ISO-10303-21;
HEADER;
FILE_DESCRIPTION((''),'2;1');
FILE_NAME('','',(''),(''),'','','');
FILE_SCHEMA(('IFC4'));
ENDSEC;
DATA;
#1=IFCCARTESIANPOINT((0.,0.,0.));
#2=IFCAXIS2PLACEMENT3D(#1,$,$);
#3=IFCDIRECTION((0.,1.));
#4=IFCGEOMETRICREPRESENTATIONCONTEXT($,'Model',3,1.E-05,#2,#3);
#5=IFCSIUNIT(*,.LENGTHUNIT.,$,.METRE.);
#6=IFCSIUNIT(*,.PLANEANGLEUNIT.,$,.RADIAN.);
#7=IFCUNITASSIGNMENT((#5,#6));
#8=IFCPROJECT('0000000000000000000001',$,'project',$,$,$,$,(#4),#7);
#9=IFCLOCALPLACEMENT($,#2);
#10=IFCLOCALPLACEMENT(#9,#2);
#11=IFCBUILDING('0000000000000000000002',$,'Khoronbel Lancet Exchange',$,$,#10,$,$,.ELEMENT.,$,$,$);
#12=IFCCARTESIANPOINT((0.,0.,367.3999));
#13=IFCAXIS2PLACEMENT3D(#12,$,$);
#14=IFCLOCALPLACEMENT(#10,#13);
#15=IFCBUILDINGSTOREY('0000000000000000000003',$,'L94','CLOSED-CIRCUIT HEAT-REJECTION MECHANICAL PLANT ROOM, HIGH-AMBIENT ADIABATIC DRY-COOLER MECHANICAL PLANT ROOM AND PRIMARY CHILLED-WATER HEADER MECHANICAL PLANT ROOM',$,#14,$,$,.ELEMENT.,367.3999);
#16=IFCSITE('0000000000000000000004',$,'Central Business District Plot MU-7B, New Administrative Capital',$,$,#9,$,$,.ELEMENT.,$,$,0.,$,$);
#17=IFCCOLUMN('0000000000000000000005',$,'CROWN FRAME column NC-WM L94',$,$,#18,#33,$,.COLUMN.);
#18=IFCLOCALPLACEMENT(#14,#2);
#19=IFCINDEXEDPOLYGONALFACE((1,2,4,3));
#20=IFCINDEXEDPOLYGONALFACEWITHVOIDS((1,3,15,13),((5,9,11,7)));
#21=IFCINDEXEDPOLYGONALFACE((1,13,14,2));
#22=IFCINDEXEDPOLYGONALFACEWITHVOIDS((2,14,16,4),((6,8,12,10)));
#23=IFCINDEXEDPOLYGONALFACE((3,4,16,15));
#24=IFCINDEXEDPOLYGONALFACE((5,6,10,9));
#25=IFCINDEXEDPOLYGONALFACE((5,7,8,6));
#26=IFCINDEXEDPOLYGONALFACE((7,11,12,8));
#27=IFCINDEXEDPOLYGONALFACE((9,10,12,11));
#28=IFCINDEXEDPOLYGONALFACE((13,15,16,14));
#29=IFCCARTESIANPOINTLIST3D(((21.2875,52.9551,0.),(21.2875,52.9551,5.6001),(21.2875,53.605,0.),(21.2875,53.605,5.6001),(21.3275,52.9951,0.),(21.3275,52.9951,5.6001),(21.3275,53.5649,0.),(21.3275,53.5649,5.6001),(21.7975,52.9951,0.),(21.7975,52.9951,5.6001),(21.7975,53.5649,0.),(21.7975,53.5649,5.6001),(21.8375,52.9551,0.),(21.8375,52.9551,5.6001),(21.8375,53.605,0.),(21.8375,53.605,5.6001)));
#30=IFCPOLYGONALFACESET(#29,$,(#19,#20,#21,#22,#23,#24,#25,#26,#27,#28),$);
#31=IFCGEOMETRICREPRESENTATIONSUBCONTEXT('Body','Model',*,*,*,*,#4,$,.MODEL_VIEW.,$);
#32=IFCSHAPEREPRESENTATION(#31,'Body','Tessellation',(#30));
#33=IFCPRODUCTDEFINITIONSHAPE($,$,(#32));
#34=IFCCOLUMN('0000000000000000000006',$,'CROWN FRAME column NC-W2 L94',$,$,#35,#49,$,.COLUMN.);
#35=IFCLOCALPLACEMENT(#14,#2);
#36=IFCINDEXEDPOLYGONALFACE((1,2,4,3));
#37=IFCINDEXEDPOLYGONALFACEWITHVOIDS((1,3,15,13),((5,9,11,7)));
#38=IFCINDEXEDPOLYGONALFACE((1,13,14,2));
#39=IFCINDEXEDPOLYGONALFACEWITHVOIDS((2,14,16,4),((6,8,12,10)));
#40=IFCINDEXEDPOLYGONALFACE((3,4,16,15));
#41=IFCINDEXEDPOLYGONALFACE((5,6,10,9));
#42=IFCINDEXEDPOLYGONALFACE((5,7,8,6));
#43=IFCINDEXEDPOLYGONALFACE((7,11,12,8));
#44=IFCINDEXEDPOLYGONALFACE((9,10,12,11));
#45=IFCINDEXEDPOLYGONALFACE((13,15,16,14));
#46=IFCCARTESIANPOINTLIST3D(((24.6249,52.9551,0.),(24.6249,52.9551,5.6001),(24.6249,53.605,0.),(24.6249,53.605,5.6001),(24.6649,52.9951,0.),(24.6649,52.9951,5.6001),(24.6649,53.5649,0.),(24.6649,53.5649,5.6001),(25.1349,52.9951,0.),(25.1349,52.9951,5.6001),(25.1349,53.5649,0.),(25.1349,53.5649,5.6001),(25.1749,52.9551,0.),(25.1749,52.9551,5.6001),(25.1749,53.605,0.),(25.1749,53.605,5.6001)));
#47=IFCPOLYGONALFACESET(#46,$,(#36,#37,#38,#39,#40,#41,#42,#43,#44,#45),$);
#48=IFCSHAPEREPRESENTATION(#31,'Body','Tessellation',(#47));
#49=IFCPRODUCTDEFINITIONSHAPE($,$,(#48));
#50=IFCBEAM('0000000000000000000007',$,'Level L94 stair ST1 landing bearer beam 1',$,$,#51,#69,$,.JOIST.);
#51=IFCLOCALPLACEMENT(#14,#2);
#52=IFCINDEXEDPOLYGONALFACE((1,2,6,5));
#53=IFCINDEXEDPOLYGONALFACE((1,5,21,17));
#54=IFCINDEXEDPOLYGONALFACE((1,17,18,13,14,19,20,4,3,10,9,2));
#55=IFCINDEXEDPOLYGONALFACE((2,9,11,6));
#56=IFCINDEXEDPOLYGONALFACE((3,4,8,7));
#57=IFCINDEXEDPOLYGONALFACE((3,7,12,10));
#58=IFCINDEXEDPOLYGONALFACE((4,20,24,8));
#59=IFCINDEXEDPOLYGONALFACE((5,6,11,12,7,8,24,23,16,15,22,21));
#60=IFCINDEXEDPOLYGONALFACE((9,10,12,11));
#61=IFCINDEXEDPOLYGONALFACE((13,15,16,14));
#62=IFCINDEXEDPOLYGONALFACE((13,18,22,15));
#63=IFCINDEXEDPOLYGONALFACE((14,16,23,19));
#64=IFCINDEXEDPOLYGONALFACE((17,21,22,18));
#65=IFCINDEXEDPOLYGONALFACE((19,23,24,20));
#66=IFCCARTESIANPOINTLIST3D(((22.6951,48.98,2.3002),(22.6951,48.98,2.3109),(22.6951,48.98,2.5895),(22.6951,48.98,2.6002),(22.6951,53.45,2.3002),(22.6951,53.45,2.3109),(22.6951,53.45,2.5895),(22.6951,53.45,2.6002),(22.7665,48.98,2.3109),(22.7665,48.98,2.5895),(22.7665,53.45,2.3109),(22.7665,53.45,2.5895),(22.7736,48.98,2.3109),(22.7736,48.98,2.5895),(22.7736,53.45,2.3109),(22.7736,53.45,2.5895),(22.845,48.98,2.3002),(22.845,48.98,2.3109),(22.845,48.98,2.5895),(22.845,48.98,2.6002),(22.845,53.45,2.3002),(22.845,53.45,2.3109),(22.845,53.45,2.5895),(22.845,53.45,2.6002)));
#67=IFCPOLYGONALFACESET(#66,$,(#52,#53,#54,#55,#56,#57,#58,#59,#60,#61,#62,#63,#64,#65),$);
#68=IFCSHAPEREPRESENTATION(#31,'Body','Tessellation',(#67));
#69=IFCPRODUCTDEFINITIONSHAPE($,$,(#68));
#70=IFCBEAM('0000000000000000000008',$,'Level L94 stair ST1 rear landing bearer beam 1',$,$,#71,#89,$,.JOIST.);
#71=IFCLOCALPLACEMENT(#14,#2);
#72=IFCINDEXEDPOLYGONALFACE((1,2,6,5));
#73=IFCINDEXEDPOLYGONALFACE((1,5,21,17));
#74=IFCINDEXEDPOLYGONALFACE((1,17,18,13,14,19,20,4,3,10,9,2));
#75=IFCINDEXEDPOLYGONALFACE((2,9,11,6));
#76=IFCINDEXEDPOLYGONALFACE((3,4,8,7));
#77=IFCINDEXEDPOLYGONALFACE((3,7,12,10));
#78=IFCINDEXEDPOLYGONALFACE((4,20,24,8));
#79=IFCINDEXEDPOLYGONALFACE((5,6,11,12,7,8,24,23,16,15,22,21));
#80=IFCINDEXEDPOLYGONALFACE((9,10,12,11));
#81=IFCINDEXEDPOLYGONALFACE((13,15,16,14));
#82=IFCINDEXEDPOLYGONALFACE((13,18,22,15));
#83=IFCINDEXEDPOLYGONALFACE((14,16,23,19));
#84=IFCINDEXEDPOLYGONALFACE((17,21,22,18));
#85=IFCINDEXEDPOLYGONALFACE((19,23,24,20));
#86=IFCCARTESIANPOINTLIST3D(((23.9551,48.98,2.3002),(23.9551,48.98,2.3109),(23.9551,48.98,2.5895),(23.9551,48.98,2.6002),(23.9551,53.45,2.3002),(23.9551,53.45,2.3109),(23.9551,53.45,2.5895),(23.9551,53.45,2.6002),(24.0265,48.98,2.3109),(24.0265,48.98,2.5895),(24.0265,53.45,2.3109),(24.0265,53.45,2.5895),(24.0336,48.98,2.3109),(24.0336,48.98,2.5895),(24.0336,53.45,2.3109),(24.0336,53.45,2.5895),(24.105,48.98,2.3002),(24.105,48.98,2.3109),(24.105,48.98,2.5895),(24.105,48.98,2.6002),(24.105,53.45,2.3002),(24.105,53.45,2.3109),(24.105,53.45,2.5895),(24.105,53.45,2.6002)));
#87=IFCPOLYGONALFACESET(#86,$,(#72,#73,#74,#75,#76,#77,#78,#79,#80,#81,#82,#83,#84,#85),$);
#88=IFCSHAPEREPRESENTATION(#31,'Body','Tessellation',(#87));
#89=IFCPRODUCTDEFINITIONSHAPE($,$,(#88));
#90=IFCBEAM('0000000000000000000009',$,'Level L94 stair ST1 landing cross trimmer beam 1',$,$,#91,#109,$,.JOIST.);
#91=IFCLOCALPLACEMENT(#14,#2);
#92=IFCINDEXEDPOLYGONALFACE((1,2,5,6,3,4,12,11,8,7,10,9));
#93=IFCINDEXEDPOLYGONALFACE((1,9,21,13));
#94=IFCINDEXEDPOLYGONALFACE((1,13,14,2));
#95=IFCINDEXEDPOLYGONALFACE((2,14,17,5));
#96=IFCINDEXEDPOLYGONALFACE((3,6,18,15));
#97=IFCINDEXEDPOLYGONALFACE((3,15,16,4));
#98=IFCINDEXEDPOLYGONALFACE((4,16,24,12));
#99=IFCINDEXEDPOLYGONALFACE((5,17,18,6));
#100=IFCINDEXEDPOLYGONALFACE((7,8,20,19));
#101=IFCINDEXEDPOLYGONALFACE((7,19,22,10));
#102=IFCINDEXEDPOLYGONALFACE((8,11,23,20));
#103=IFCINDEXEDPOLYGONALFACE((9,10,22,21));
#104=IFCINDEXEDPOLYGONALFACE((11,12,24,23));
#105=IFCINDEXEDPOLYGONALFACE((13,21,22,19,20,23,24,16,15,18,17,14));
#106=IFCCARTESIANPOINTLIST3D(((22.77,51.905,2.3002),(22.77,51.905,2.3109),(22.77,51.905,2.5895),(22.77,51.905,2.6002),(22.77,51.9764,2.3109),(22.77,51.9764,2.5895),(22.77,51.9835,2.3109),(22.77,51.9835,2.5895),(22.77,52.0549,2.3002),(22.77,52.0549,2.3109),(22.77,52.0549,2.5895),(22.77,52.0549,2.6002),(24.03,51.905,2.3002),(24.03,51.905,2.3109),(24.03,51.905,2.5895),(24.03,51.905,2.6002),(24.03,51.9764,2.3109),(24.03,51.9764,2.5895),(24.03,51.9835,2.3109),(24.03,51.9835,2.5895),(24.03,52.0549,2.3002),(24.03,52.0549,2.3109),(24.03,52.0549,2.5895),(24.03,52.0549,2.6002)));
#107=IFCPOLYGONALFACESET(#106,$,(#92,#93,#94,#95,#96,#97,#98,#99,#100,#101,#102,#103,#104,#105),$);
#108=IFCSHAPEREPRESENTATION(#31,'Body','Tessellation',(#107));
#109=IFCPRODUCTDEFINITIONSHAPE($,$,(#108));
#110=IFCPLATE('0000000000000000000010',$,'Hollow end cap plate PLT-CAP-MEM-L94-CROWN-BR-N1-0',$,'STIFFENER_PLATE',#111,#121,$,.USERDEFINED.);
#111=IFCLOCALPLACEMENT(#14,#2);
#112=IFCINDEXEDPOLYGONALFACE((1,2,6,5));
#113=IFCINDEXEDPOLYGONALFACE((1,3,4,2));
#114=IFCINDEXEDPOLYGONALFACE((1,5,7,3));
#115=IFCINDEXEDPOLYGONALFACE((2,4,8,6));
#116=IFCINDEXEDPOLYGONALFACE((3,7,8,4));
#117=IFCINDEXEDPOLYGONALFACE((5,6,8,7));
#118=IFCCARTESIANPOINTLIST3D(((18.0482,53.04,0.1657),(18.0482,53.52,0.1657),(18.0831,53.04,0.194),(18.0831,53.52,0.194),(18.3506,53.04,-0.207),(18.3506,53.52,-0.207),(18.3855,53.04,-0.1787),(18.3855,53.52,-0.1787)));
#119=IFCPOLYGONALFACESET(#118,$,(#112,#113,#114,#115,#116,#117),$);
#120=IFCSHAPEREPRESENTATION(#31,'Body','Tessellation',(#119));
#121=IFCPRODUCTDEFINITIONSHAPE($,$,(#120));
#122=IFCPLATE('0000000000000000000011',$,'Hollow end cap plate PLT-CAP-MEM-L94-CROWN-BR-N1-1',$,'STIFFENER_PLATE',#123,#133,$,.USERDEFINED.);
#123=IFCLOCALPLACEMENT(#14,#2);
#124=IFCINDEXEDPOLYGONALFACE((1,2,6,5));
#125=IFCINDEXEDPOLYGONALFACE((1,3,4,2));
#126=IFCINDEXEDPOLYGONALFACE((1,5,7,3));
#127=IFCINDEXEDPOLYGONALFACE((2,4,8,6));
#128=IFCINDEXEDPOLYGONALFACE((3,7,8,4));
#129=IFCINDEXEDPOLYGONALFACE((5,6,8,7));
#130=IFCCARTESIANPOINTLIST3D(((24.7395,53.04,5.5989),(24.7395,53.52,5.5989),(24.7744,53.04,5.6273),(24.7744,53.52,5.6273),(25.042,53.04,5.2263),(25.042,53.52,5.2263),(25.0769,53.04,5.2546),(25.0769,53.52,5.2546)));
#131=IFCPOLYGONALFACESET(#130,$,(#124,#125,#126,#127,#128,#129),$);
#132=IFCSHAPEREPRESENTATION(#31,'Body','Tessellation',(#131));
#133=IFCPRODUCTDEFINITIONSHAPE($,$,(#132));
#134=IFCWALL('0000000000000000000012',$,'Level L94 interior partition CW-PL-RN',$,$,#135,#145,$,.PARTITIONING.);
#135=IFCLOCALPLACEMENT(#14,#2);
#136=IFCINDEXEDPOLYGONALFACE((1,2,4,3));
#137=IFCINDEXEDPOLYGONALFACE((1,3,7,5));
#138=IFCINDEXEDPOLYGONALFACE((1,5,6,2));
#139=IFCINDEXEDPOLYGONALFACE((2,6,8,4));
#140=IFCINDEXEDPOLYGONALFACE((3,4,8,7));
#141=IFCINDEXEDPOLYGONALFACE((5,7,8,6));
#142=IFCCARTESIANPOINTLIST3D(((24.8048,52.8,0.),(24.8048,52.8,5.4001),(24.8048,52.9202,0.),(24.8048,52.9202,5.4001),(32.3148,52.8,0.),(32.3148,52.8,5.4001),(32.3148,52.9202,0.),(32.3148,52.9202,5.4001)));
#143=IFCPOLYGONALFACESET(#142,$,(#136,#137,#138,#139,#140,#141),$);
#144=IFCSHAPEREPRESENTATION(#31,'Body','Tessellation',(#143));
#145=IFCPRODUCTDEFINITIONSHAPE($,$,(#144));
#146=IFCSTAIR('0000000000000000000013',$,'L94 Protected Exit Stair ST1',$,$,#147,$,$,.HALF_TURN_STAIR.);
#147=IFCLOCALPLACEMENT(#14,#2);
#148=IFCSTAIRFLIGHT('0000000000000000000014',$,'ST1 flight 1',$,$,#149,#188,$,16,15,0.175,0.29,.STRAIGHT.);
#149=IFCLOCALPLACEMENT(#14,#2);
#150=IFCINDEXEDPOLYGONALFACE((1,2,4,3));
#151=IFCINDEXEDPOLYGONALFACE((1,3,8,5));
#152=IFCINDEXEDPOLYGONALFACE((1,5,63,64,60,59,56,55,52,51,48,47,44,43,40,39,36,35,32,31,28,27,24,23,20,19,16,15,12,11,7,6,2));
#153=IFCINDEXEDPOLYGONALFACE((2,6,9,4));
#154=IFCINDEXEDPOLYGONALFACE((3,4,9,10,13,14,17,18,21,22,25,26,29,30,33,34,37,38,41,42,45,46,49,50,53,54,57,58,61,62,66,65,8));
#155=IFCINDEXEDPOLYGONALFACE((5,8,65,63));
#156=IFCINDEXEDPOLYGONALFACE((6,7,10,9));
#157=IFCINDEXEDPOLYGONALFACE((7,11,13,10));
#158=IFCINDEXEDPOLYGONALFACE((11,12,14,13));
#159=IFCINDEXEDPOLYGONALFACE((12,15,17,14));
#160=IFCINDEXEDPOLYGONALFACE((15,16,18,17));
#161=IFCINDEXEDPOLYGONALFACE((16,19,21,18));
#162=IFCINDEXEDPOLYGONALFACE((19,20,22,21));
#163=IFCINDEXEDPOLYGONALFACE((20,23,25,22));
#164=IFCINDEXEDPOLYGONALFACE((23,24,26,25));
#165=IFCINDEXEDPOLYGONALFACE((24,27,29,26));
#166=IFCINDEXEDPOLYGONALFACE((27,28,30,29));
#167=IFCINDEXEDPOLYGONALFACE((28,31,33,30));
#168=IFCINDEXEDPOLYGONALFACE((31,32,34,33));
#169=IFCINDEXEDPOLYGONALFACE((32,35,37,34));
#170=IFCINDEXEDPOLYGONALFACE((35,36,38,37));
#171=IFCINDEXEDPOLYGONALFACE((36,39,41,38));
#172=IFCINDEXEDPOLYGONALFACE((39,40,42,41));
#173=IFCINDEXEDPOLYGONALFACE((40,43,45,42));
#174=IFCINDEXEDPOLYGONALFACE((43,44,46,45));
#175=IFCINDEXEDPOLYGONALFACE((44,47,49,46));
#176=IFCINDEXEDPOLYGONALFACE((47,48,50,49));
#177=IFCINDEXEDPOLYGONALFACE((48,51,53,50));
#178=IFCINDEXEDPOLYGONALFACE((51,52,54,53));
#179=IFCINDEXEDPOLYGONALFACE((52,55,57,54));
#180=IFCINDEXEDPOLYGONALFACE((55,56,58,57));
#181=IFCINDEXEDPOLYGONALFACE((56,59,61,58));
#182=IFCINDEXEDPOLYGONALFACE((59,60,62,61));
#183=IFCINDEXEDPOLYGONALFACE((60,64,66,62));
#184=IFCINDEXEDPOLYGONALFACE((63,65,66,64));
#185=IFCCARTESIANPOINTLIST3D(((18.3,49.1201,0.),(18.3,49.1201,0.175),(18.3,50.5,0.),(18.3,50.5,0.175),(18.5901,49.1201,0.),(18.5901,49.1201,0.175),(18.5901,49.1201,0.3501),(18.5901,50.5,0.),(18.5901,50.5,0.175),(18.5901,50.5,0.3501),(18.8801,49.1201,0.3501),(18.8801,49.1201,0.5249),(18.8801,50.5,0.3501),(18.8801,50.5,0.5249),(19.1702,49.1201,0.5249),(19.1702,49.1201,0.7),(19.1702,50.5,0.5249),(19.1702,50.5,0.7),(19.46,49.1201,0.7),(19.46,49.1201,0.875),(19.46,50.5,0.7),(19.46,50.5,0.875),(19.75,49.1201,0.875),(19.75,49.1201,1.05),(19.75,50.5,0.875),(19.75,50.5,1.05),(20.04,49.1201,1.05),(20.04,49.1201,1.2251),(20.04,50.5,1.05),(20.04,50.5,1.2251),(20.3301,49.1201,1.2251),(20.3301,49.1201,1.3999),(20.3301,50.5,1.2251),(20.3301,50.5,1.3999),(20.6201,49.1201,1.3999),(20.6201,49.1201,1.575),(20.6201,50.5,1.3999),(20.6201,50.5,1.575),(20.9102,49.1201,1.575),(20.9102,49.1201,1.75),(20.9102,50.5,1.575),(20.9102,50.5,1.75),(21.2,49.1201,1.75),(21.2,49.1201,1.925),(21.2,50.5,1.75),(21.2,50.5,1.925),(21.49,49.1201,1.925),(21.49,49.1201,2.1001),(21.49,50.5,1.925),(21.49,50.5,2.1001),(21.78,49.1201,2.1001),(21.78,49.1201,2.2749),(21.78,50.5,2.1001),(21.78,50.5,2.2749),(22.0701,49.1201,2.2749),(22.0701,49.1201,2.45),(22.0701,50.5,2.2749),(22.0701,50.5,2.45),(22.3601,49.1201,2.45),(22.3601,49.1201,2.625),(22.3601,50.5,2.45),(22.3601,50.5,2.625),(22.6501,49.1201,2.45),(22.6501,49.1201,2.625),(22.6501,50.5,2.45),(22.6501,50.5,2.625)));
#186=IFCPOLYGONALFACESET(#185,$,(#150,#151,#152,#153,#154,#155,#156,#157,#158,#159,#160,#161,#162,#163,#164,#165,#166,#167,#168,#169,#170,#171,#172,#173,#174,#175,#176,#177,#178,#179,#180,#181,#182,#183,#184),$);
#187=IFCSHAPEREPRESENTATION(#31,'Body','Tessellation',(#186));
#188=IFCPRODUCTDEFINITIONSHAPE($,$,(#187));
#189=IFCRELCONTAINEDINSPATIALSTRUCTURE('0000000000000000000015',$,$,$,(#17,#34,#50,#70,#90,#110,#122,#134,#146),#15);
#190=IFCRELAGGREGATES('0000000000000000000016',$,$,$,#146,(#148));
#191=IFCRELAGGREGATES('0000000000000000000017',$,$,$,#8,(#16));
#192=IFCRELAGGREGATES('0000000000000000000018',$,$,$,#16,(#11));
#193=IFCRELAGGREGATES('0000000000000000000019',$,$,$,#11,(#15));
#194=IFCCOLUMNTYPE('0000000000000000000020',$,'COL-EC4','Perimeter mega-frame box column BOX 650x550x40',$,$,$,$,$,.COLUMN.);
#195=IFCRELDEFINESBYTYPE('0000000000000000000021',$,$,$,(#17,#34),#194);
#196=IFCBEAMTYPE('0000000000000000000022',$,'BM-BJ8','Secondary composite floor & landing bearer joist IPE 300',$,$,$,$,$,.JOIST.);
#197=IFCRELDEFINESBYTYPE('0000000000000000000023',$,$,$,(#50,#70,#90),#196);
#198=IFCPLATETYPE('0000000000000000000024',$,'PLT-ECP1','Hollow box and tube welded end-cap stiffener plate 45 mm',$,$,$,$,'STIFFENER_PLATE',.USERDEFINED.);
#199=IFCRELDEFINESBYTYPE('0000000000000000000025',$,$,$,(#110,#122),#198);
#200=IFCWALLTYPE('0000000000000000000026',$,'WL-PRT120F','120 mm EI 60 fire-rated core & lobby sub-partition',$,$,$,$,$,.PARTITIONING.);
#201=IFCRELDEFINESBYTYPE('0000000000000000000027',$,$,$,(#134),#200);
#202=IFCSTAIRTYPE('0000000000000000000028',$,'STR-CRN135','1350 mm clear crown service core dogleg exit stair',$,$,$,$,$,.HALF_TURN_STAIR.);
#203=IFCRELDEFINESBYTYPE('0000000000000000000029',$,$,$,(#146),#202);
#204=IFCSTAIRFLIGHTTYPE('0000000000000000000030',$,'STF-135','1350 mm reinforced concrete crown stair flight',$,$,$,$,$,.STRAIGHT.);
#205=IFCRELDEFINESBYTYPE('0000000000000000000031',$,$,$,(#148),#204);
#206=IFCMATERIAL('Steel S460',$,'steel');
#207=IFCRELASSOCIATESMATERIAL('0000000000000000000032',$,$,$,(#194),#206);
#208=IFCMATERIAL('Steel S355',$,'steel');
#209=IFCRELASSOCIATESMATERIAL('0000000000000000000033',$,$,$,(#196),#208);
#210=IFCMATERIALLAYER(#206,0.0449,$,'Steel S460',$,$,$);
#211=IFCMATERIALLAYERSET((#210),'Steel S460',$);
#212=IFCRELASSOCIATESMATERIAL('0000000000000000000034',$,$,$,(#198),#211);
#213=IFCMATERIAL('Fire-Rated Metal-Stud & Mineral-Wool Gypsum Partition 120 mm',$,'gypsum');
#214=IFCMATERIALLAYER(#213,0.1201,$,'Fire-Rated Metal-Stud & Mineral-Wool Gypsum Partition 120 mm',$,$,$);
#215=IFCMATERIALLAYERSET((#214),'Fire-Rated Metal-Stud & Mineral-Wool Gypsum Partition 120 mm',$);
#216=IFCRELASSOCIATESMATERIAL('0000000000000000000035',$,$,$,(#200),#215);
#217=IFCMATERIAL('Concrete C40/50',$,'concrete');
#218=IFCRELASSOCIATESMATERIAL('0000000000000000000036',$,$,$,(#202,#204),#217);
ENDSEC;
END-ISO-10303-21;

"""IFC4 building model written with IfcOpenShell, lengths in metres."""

from ifc_helpers import new_model, si_unit, direction, frame, frame_2d, origin, origin_2d, place, context, subcontext, project, spatial, polyline, rectangle, hollow_rectangle, i_section, outline, extrude, material, layer, layer_set, material_profile, profile_set, type_object, element, aggregate, save


model = new_model("IFC4")

# Units and contexts
model_context = context("Model", 3, precision=1e-05, world=origin(), true_north=direction((0.0, 1.0)))
body_context = subcontext(model_context, "Body", "Model", "MODEL_VIEW")
ifc_project = project(units=[si_unit("LENGTHUNIT", "METRE"), si_unit("PLANEANGLEUNIT", "RADIAN")], contexts=[model_context])

# Site, building, storey
site_placement = place(None, origin())
site = spatial("IfcSite", under=ifc_project, at=site_placement, Name="Central Business District Plot MU-7B, New Administrative Capital", CompositionType="ELEMENT", RefElevation=0.0)
building_placement = place(site_placement, origin())
building = spatial("IfcBuilding", under=site, at=building_placement, Name="Khoronbel Lancet Exchange", CompositionType="ELEMENT")
storey_placement = place(building_placement, frame((0.0, 0.0, 367.3999)))
storey = spatial("IfcBuildingStorey", under=building, at=storey_placement, Name="L94", Description="CLOSED-CIRCUIT HEAT-REJECTION MECHANICAL PLANT ROOM, HIGH-AMBIENT ADIABATIC DRY-COOLER MECHANICAL PLANT ROOM AND PRIMARY CHILLED-WATER HEADER MECHANICAL PLANT ROOM", CompositionType="ELEMENT", Elevation=367.3999)

# Columns
ifc_material_1 = material(Name="Steel S460", Category="steel")
ifc_material_profile_1 = material_profile(ifc_material_1, hollow_rectangle(XDim=0.55, YDim=0.6499, WallThickness=0.04, at=origin_2d()), Name="BOX 650x550x40")
ifc_profile_set_1 = profile_set([ifc_material_profile_1], Name="Steel S460")
column_type = type_object("IfcColumnType", Name="COL-EC4", Description="Perimeter mega-frame box column BOX 650x550x40", PredefinedType="COLUMN", material=ifc_profile_set_1)
for number, where, z_axis, x_axis, name in (
    (1, (21.5625, 53.28, 0.0), (0.0, 0.0, 1.0), (1.0, 0.0, 0.0), "CROWN FRAME column NC-WM L94"),
    (2, (24.8999, 53.28, 0.0), (0.0, 0.0, 1.0), (1.0, 0.0, 0.0), "CROWN FRAME column NC-W2 L94"),
):
    element("IfcColumn", number, at=place(storey_placement, frame(where, z_axis=z_axis, x_axis=x_axis)), inside=storey, type_object=column_type, Name=name, PredefinedType="COLUMN", context=body_context, shape_type="SweptSolid", body=[
        extrude(hollow_rectangle(XDim=0.55, YDim=0.6499, WallThickness=0.04, at=origin_2d()), origin(), (0.0, 0.0, 1.0), 5.6001),
    ])

# Beams
ifc_material_2 = material(Name="Steel S355", Category="steel")
ifc_material_profile_2 = material_profile(ifc_material_2, i_section(OverallWidth=0.1499, OverallDepth=0.3, WebThickness=0.0071, FlangeThickness=0.0107, at=origin_2d()), Name="IPE 300")
ifc_profile_set_2 = profile_set([ifc_material_profile_2], Name="Steel S355")
beam_type = type_object("IfcBeamType", Name="BM-BJ8", Description="Secondary composite floor & landing bearer joist IPE 300", PredefinedType="JOIST", material=ifc_profile_set_2)
for number, where, z_axis, x_axis, name in (
    (3, (22.77, 48.98, 2.4502), (0.0, 1.0, 0.0), (-1.0, 0.0, 0.0), "Level L94 stair ST1 landing bearer beam 1"),
    (4, (24.03, 48.98, 2.4502), (0.0, 1.0, 0.0), (-1.0, 0.0, 0.0), "Level L94 stair ST1 rear landing bearer beam 1"),
):
    element("IfcBeam", number, at=place(storey_placement, frame(where, z_axis=z_axis, x_axis=x_axis)), inside=storey, type_object=beam_type, Name=name, PredefinedType="JOIST", context=body_context, shape_type="SweptSolid", body=[
        extrude(i_section(OverallWidth=0.1499, OverallDepth=0.3, WebThickness=0.0071, FlangeThickness=0.0107, at=origin_2d()), origin(), (0.0, 0.0, 1.0), 4.47),
    ])
beam_placement = place(storey_placement, frame((22.77, 51.98, 2.4502), z_axis=(1.0, 0.0, 0.0), x_axis=(0.0, 1.0, 0.0)))
element("IfcBeam", 5, at=beam_placement, inside=storey, type_object=beam_type, Name="Level L94 stair ST1 landing cross trimmer beam 1", PredefinedType="JOIST", context=body_context, shape_type="SweptSolid", body=[
    extrude(i_section(OverallWidth=0.1499, OverallDepth=0.3, WebThickness=0.0071, FlangeThickness=0.0107, at=origin_2d()), origin(), (0.0, 0.0, 1.0), 1.26),
])

# Plates
ifc_layer_1 = layer(ifc_material_1, 0.0449, Name="Steel S460")
ifc_layer_set_1 = layer_set([ifc_layer_1], Name="Steel S460")
plate_type = type_object("IfcPlateType", Name="PLT-ECP1", Description="Hollow box and tube welded end-cap stiffener plate 45 mm", ElementType="STIFFENER_PLATE", PredefinedType="USERDEFINED", material=ifc_layer_set_1)
for number, where, z_axis, x_axis, name in (
    (6, (18.3855, 53.04, -0.1787), (0.776534, 0.0, 0.630076), (0.0, 1.0, 0.0), "Hollow end cap plate PLT-CAP-MEM-L94-CROWN-BR-N1-0"),
    (7, (25.0769, 53.04, 5.2546), (0.776332, 0.0, 0.630324), (0.0, 1.0, 0.0), "Hollow end cap plate PLT-CAP-MEM-L94-CROWN-BR-N1-1"),
):
    element("IfcPlate", number, at=place(storey_placement, frame(where, z_axis=z_axis, x_axis=x_axis)), inside=storey, type_object=plate_type, Name=name, ObjectType="STIFFENER_PLATE", PredefinedType="USERDEFINED", context=body_context, shape_type="SweptSolid", body=[
        extrude(outline(polyline([(0.0, 0.0), (0.48, 0.0), (0.48, 0.48), (0.0, 0.48), (0.0, 0.0)])), origin(), (0.0, 0.0, -1.0), 0.0449),
    ])

# Wall
ifc_material_3 = material(Name="Fire-Rated Metal-Stud & Mineral-Wool Gypsum Partition 120 mm", Category="gypsum")
ifc_layer_2 = layer(ifc_material_3, 0.1201, Name="Fire-Rated Metal-Stud & Mineral-Wool Gypsum Partition 120 mm")
ifc_layer_set_2 = layer_set([ifc_layer_2], Name="Fire-Rated Metal-Stud & Mineral-Wool Gypsum Partition 120 mm")
wall_type = type_object("IfcWallType", Name="WL-PRT120F", Description="120 mm EI 60 fire-rated core & lobby sub-partition", PredefinedType="PARTITIONING", material=ifc_layer_set_2)
wall_placement = place(storey_placement, frame((24.8049, 52.8601, 0.0), z_axis=(0.0, 0.0, 1.0), x_axis=(1.0, 0.0, 0.0)))
element("IfcWall", 8, at=wall_placement, inside=storey, type_object=wall_type, Name="Level L94 interior partition CW-PL-RN", PredefinedType="PARTITIONING", context=body_context, shape_type="SweptSolid", body=[
    extrude(rectangle(XDim=7.51, YDim=0.1201, at=frame_2d((3.7549, 0.0))), origin(), (0.0, 0.0, 1.0), 5.4001),
])

# Stair, stair flight
ifc_material_4 = material(Name="Concrete C40/50", Category="concrete")
stair_type = type_object("IfcStairType", Name="STR-CRN135", Description="1350 mm clear crown service core dogleg exit stair", PredefinedType="HALF_TURN_STAIR", material=ifc_material_4)
stair_placement = place(storey_placement, origin())
stair = element("IfcStair", 9, at=stair_placement, inside=storey, type_object=stair_type, Name="L94 Protected Exit Stair ST1", PredefinedType="HALF_TURN_STAIR")
stair_flight_type = type_object("IfcStairFlightType", Name="STF-135", Description="1350 mm reinforced concrete crown stair flight", PredefinedType="STRAIGHT", material=ifc_material_4)
stair_flight_1_placement = place(storey_placement, frame((18.3, 49.8101, 0.0), z_axis=(0.0, 0.0, 1.0), x_axis=(1.0, 0.0, 0.0)))
stair_flight_1 = element("IfcStairFlight", 10, at=stair_flight_1_placement, type_object=stair_flight_type, Name="ST1 flight 1", NumberOfRisers=16, NumberOfTreads=15, PredefinedType="STRAIGHT", RiserHeight=0.175, TreadLength=0.29, context=body_context, shape_type="SweptSolid", body=[
    extrude(outline(polyline([(0.0, 0.0), (0.0, 0.175), (0.29, 0.175), (0.29, 0.3501), (0.5801, 0.3501), (0.5801, 0.5249), (0.8701, 0.5249), (0.8701, 0.7), (1.1599, 0.7), (1.1599, 0.875), (1.45, 0.875), (1.45, 1.05), (1.74, 1.05), (1.74, 1.2251), (2.03, 1.2251), (2.03, 1.3999), (2.3201, 1.3999), (2.3201, 1.575), (2.6101, 1.575), (2.6101, 1.75), (2.8999, 1.75), (2.8999, 1.925), (3.1899, 1.925), (3.1899, 2.1001), (3.48, 2.1001), (3.48, 2.2749), (3.77, 2.2749), (3.77, 2.45), (4.0601, 2.45), (4.0601, 2.625), (4.3501, 2.625), (4.3501, 2.8), (4.3501, 2.45), (0.29, 0.0), (0.0, 0.0)])), frame((0.0, 0.6899, 0.0), z_axis=(0.0, -1.0, 0.0), x_axis=(1.0, 0.0, 0.0)), (0.0, 0.0, 1.0), 1.3799),
])
aggregate(stair, [stair_flight_1])

save(model, "model.ifc")
